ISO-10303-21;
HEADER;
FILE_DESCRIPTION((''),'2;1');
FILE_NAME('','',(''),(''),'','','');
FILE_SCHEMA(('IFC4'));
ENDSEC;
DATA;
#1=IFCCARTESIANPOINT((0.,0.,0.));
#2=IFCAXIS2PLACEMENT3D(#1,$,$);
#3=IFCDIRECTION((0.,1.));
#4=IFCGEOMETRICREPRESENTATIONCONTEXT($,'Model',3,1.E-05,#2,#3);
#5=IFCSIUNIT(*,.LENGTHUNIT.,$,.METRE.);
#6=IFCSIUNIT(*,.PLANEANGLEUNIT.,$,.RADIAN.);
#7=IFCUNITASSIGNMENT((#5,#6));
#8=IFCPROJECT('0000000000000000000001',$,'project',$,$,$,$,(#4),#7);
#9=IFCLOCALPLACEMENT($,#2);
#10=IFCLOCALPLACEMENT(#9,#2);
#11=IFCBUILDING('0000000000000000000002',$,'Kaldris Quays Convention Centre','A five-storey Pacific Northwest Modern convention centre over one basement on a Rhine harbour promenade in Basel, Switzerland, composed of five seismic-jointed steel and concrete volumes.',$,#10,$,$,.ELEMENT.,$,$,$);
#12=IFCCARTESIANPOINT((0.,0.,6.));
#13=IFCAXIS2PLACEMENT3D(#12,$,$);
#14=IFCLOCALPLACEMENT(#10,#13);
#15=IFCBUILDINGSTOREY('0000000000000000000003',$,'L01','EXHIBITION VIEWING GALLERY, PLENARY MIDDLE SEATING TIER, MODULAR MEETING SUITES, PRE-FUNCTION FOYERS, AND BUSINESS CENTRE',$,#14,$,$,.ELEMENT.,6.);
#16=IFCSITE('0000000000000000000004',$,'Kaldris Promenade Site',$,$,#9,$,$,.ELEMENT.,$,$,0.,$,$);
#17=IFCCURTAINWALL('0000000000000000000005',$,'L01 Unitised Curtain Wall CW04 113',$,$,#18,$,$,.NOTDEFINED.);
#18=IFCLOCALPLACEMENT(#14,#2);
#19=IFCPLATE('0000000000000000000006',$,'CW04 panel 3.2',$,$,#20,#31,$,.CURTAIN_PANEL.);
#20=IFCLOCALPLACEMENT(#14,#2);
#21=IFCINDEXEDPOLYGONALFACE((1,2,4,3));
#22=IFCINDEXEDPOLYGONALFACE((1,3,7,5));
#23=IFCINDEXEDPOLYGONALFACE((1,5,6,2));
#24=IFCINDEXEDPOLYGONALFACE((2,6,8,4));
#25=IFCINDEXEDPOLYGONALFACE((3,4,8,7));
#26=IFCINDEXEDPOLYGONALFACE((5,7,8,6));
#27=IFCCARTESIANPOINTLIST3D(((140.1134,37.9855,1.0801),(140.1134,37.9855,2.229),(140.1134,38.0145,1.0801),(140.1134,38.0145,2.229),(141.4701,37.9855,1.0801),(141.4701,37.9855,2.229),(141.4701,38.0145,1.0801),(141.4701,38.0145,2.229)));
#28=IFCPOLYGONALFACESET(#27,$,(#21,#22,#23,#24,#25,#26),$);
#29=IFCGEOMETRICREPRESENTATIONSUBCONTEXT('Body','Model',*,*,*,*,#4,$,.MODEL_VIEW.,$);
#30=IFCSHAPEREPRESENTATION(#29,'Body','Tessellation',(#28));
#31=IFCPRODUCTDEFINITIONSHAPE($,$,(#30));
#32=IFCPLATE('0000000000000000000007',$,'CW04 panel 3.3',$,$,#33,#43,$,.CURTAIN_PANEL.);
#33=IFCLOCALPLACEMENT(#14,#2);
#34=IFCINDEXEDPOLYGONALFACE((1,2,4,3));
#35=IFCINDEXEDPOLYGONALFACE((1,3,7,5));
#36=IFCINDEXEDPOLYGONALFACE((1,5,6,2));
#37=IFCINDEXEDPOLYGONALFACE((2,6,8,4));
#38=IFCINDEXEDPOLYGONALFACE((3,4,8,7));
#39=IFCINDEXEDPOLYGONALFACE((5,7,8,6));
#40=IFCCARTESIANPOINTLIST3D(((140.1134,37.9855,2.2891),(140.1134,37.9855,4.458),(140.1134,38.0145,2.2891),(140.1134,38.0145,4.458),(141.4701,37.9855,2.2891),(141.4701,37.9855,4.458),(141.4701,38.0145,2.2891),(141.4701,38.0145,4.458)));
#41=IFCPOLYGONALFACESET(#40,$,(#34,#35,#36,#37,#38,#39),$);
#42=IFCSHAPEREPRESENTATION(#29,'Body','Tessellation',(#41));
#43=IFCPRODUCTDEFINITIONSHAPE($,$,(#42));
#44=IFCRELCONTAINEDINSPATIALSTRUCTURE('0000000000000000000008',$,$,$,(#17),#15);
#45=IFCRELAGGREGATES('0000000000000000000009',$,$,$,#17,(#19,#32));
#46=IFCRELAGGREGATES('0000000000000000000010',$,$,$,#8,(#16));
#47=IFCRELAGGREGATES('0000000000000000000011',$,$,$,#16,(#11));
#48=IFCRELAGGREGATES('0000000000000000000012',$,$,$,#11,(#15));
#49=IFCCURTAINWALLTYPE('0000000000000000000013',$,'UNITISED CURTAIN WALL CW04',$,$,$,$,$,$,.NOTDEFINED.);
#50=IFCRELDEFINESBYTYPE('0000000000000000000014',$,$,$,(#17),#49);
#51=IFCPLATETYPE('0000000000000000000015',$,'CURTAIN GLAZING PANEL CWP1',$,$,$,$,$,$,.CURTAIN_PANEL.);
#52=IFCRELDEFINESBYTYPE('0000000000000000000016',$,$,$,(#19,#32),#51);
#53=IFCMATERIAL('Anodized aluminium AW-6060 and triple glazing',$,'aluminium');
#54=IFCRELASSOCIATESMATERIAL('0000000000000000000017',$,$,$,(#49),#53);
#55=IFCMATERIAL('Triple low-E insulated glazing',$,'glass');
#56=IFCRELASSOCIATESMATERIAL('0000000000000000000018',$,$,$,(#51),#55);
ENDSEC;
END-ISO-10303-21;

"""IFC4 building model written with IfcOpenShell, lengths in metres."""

from ifc_helpers import new_model, si_unit, direction, frame, origin, origin_2d, place, context, subcontext, project, spatial, rectangle, extrude, material, type_object, element, aggregate, save


model = new_model("IFC4")

# Units and contexts
model_context = context("Model", 3, precision=1e-05, world=origin(), true_north=direction((0.0, 1.0)))
body_context = subcontext(model_context, "Body", "Model", "MODEL_VIEW")
ifc_project = project(units=[si_unit("LENGTHUNIT", "METRE"), si_unit("PLANEANGLEUNIT", "RADIAN")], contexts=[model_context])

# Site, building, storey
site_placement = place(None, origin())
site = spatial("IfcSite", under=ifc_project, at=site_placement, Name="Kaldris Promenade Site", CompositionType="ELEMENT", RefElevation=0.0)
building_placement = place(site_placement, origin())
building = spatial("IfcBuilding", under=site, at=building_placement, Name="Kaldris Quays Convention Centre", Description="A five-storey Pacific Northwest Modern convention centre over one basement on a Rhine harbour promenade in Basel, Switzerland, composed of five seismic-jointed steel and concrete volumes.", CompositionType="ELEMENT")
storey_placement = place(building_placement, frame((0.0, 0.0, 6.0)))
storey = spatial("IfcBuildingStorey", under=building, at=storey_placement, Name="L01", Description="EXHIBITION VIEWING GALLERY, PLENARY MIDDLE SEATING TIER, MODULAR MEETING SUITES, PRE-FUNCTION FOYERS, AND BUSINESS CENTRE", CompositionType="ELEMENT", Elevation=6.0)

# Curtain wall, plates
ifc_material_1 = material(Name="Anodized aluminium AW-6060 and triple glazing", Category="aluminium")
curtain_wall_type = type_object("IfcCurtainWallType", Name="UNITISED CURTAIN WALL CW04", PredefinedType="NOTDEFINED", material=ifc_material_1)
curtain_wall_placement = place(storey_placement, origin())
curtain_wall = element("IfcCurtainWall", 1, at=curtain_wall_placement, inside=storey, type_object=curtain_wall_type, Name="L01 Unitised Curtain Wall CW04 113", PredefinedType="NOTDEFINED")
ifc_material_2 = material(Name="Triple low-E insulated glazing", Category="glass")
plate_type = type_object("IfcPlateType", Name="CURTAIN GLAZING PANEL CWP1", PredefinedType="CURTAIN_PANEL", material=ifc_material_2)
plate_1_placement = place(storey_placement, frame((140.7917, 38.0, 1.0801), z_axis=(0.0, 0.0, 1.0), x_axis=(1.0, 0.0, 0.0)))
plate_1 = element("IfcPlate", 2, at=plate_1_placement, type_object=plate_type, Name="CW04 panel 3.2", PredefinedType="CURTAIN_PANEL", context=body_context, shape_type="SweptSolid", body=[
    extrude(rectangle(XDim=1.3567, YDim=0.0291, at=origin_2d()), origin(), (0.0, 0.0, 1.0), 1.1489),
])
plate_2_placement = place(storey_placement, frame((140.7917, 38.0, 2.2891), z_axis=(0.0, 0.0, 1.0), x_axis=(1.0, 0.0, 0.0)))
plate_2 = element("IfcPlate", 3, at=plate_2_placement, type_object=plate_type, Name="CW04 panel 3.3", PredefinedType="CURTAIN_PANEL", context=body_context, shape_type="SweptSolid", body=[
    extrude(rectangle(XDim=1.3567, YDim=0.0291, at=origin_2d()), origin(), (0.0, 0.0, 1.0), 2.1689),
])
aggregate(curtain_wall, [plate_1, plate_2])

save(model, "model.ifc")
